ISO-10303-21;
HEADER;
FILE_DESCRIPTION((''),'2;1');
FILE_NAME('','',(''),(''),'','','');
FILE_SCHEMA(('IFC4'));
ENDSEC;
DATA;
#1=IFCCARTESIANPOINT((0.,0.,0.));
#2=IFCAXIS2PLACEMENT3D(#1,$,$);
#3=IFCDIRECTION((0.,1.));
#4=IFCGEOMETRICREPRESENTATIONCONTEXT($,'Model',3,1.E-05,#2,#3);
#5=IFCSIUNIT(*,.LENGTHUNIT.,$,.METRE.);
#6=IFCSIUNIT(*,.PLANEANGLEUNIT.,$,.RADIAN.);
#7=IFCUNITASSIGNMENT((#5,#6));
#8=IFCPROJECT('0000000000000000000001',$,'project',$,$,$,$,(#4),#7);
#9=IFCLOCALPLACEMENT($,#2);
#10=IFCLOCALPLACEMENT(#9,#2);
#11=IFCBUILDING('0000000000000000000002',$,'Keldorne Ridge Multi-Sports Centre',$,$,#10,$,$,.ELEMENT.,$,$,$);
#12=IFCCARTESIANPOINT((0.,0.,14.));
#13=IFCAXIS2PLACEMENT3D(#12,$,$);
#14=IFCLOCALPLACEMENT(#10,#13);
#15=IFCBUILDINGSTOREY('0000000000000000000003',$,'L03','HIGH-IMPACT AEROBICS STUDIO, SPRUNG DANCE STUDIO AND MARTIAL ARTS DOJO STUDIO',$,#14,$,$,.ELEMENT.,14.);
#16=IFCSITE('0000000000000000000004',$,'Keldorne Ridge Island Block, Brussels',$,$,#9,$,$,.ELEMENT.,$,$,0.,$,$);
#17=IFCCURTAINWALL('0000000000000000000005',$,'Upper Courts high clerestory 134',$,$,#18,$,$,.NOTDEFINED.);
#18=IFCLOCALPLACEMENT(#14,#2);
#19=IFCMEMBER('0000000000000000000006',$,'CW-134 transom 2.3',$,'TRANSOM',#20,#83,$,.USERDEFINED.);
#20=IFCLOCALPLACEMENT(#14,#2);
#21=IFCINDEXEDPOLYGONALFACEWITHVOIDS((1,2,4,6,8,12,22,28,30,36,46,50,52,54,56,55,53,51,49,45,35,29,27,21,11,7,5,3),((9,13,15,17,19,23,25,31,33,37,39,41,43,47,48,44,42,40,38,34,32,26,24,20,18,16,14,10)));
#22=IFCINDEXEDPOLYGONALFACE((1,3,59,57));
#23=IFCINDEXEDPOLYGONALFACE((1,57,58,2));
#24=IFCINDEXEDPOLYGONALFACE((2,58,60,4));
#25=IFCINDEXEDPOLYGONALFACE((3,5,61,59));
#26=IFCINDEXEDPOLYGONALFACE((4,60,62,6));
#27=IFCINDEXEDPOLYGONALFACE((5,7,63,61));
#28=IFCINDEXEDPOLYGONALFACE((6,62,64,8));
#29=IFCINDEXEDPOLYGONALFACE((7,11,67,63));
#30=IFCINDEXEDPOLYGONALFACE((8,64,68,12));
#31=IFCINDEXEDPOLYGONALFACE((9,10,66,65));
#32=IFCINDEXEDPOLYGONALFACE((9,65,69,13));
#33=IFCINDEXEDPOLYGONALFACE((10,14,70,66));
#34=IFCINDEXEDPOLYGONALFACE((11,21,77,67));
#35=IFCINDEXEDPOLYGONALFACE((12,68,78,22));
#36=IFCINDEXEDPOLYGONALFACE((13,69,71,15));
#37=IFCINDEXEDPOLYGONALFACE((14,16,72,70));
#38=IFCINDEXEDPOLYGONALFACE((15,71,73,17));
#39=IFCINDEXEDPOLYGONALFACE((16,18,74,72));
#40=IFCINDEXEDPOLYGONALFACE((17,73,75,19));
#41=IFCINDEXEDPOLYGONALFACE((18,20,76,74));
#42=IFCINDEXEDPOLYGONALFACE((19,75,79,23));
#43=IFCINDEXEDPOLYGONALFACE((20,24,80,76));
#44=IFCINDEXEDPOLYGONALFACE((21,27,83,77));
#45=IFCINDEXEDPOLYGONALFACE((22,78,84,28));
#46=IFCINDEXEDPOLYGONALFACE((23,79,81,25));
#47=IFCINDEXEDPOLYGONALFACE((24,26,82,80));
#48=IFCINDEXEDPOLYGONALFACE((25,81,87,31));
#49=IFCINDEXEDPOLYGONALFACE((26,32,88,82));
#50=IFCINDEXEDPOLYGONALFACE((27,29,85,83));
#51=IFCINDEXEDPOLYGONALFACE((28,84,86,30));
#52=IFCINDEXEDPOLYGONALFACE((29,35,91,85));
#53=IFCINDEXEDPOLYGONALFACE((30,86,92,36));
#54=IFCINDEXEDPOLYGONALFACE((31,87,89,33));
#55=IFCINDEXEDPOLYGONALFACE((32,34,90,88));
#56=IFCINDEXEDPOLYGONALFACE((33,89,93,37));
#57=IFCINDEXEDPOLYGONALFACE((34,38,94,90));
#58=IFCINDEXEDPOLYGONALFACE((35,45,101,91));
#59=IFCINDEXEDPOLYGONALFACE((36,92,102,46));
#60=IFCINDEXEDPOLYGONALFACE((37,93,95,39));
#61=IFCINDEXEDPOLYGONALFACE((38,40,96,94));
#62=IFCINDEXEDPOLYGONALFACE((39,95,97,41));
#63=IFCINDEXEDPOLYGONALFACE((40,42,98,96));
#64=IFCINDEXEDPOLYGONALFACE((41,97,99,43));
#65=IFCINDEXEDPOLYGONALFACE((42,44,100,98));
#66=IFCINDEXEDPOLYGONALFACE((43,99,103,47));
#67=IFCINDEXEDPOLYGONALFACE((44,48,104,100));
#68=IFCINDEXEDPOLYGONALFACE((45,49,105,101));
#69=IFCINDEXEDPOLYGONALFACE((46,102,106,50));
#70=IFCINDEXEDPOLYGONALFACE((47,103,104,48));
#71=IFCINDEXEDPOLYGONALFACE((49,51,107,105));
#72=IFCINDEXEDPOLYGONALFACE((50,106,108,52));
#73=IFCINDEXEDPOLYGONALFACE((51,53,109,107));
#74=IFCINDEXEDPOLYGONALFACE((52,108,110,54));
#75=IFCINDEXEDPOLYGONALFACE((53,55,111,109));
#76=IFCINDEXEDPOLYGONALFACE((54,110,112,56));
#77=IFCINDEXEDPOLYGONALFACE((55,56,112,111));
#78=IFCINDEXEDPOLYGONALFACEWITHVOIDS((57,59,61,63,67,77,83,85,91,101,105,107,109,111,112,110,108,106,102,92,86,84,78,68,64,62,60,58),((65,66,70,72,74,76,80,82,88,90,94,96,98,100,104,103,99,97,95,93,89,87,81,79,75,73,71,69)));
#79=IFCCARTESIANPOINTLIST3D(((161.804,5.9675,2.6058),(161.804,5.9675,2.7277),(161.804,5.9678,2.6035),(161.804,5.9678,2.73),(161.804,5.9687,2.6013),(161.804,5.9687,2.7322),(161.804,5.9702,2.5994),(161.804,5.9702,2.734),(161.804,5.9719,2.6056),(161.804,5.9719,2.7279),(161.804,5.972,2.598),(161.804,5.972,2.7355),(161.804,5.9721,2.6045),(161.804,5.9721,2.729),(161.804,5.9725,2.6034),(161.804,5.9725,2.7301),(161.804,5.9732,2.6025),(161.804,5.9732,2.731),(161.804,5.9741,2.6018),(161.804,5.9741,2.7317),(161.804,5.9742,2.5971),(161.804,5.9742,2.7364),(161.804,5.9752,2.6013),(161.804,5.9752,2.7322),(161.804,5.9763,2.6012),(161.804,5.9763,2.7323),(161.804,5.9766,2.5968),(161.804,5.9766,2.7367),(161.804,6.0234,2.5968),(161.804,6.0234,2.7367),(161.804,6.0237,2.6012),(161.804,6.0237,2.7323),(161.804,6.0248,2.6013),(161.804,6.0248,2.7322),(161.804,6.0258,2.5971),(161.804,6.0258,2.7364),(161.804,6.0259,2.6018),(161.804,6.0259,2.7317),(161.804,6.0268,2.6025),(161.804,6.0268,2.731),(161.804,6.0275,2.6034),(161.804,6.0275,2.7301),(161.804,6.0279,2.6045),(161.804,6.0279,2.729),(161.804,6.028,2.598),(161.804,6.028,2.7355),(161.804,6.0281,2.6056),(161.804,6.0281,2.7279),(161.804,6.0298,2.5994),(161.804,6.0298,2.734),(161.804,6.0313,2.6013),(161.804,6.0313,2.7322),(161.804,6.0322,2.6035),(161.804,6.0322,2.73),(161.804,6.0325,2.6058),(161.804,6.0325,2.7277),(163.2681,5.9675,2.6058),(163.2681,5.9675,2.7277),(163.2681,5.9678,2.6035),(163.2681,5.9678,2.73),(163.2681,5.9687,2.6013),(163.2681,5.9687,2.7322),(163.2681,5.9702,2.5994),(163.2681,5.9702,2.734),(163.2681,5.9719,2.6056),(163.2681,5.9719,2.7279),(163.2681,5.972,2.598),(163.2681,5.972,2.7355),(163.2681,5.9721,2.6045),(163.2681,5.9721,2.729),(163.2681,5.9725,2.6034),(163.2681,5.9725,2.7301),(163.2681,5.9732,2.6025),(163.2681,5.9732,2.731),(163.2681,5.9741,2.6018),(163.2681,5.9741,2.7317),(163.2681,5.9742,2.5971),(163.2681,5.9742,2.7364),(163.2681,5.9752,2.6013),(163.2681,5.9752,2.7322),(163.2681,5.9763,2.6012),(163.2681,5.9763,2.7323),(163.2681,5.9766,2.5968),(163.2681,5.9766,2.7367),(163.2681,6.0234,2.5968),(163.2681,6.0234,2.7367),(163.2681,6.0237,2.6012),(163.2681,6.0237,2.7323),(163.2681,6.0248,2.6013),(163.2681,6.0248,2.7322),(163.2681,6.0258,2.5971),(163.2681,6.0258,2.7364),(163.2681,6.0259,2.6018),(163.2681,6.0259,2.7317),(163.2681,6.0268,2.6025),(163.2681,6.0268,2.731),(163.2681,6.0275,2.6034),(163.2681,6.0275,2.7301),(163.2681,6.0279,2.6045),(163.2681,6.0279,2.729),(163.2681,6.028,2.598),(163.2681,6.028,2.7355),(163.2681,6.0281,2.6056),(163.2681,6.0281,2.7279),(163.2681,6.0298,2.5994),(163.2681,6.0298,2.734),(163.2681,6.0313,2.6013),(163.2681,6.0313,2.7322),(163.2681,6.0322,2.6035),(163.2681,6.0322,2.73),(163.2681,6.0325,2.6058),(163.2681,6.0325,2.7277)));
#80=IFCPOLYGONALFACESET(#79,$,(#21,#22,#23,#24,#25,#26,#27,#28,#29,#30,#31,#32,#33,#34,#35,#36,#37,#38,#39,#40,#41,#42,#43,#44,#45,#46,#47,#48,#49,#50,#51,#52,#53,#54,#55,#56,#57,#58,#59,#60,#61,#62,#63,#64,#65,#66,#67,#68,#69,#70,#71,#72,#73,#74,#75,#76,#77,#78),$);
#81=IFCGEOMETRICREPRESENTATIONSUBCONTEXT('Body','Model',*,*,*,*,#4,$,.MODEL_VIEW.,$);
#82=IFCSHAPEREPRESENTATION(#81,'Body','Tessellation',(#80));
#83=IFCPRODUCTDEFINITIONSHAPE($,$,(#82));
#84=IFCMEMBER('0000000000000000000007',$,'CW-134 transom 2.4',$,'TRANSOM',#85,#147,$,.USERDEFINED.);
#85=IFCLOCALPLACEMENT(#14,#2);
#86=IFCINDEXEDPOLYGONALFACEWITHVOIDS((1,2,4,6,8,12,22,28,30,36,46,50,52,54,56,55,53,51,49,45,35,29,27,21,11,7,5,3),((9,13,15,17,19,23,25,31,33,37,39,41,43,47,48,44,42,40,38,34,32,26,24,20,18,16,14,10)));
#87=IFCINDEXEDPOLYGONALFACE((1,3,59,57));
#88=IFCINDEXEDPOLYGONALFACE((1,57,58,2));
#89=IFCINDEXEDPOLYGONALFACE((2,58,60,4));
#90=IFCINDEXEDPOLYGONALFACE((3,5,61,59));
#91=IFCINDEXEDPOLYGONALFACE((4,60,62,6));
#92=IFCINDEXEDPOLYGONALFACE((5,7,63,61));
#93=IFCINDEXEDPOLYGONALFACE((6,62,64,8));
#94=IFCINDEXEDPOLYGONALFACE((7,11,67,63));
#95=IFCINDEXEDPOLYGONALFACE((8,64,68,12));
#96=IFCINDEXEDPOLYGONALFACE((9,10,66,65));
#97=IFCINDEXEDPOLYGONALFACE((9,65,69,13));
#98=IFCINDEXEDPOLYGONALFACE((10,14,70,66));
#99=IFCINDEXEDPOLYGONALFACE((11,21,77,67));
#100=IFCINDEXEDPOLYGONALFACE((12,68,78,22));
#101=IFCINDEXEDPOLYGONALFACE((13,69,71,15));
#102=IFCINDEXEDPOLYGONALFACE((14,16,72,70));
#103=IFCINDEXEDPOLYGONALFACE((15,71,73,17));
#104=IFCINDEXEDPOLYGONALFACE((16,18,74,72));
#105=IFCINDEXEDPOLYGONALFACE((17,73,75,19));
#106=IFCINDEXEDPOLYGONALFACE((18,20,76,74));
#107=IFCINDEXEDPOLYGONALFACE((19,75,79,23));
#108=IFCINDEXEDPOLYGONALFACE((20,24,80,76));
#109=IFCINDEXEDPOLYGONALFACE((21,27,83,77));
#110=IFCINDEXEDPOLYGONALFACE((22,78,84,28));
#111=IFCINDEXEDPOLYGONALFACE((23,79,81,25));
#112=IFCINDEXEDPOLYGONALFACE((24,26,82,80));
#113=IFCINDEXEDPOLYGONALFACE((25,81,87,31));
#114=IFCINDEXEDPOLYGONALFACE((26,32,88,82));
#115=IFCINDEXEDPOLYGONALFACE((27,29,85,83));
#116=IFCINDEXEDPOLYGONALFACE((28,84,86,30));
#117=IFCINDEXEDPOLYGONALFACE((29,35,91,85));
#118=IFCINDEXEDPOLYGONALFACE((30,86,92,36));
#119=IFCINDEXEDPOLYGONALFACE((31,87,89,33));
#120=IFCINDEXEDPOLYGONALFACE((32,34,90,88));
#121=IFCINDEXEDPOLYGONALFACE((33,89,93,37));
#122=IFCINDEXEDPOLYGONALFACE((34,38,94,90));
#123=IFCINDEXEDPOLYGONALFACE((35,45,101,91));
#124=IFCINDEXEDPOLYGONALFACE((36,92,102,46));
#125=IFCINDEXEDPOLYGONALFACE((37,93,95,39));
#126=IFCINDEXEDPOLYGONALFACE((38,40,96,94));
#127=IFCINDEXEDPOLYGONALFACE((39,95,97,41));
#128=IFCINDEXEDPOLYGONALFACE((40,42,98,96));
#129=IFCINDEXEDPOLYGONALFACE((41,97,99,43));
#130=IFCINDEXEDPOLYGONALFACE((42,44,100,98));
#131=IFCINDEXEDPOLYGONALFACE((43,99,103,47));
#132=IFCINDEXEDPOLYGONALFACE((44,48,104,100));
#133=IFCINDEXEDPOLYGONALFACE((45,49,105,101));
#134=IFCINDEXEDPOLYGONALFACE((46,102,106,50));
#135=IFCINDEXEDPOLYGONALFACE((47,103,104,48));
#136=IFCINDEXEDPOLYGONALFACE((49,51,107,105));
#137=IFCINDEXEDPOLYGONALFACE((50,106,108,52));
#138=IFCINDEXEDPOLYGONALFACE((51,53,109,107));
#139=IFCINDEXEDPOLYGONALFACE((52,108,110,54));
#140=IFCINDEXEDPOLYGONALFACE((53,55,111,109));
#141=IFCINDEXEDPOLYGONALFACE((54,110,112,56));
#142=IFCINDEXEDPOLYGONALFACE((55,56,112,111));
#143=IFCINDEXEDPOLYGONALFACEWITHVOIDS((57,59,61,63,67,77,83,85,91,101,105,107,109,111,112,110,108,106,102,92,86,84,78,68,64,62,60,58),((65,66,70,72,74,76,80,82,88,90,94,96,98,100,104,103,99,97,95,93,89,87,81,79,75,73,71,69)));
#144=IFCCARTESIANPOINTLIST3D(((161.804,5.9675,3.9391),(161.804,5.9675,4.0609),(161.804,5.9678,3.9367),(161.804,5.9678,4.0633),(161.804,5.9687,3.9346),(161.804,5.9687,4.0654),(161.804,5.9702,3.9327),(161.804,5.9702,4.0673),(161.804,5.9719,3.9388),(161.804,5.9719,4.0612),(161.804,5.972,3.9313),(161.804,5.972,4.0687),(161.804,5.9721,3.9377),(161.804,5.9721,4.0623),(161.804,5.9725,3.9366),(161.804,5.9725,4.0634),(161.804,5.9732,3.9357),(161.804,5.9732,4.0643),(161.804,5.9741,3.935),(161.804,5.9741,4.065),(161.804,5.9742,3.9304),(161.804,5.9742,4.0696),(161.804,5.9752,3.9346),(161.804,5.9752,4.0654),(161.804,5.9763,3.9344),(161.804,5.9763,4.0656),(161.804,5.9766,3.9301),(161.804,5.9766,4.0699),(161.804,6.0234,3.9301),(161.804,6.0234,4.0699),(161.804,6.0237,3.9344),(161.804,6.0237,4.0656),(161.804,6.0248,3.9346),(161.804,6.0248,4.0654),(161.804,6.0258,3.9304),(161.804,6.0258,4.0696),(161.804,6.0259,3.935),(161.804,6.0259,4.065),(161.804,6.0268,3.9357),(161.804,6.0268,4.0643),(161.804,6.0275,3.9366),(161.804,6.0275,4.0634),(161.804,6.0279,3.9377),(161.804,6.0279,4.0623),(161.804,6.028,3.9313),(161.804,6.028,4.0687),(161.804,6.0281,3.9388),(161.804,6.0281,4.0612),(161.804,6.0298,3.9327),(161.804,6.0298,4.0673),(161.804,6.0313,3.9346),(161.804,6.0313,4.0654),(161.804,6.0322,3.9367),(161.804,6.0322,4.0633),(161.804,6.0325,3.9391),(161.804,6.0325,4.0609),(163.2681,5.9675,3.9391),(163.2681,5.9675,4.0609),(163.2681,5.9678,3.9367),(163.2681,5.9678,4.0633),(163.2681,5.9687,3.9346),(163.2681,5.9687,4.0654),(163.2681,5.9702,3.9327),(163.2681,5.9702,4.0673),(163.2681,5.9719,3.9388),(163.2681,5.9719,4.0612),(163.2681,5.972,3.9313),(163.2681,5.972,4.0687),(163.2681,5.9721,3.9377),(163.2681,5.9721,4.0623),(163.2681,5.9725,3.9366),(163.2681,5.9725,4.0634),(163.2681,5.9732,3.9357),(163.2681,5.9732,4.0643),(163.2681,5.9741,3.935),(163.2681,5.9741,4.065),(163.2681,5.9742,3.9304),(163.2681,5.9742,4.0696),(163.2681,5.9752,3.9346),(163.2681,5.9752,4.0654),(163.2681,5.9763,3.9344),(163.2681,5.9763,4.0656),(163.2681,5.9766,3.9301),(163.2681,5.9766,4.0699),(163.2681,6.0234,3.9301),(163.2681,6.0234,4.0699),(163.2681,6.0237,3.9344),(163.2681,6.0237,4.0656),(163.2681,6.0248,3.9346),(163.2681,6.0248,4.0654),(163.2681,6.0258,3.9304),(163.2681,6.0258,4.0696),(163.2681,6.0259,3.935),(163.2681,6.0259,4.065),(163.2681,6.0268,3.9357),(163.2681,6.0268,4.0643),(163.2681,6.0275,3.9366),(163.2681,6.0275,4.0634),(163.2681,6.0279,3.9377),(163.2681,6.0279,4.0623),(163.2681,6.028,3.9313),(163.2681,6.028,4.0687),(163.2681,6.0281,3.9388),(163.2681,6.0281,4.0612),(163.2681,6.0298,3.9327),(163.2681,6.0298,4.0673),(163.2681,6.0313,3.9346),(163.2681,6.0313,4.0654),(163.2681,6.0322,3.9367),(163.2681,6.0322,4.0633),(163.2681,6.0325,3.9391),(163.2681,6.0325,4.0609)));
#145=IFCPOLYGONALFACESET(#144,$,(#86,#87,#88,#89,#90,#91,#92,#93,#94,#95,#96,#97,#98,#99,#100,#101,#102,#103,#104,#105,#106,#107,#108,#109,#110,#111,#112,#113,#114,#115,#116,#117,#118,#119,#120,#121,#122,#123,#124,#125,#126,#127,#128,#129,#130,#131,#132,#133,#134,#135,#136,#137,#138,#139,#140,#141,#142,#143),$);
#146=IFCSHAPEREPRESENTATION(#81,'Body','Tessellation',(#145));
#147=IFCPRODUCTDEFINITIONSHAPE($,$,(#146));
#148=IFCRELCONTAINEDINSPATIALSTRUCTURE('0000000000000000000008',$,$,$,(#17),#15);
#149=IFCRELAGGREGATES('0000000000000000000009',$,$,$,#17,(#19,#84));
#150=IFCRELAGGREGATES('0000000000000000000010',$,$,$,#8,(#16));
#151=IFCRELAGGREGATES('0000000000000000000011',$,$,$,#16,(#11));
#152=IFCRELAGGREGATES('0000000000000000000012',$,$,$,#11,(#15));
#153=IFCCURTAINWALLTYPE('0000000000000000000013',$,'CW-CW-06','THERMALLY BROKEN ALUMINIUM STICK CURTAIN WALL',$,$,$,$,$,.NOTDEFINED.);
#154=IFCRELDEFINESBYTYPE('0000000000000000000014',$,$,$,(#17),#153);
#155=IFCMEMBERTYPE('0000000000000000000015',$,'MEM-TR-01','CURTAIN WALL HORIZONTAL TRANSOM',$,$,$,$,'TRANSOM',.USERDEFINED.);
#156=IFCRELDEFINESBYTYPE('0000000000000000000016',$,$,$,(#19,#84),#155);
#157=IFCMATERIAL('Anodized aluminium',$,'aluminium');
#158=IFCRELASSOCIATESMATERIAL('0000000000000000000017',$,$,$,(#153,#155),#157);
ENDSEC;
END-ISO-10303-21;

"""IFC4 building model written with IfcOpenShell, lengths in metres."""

from ifc_helpers import new_model, si_unit, direction, frame, origin, origin_2d, place, context, subcontext, project, spatial, hollow_rectangle, extrude, material, material_profile, profile_set, type_object, element, aggregate, save


model = new_model("IFC4")

# Units and contexts
model_context = context("Model", 3, precision=1e-05, world=origin(), true_north=direction((0.0, 1.0)))
body_context = subcontext(model_context, "Body", "Model", "MODEL_VIEW")
ifc_project = project(units=[si_unit("LENGTHUNIT", "METRE"), si_unit("PLANEANGLEUNIT", "RADIAN")], contexts=[model_context])

# Site, building, storey
site_placement = place(None, origin())
site = spatial("IfcSite", under=ifc_project, at=site_placement, Name="Keldorne Ridge Island Block, Brussels", CompositionType="ELEMENT", RefElevation=0.0)
building_placement = place(site_placement, origin())
building = spatial("IfcBuilding", under=site, at=building_placement, Name="Keldorne Ridge Multi-Sports Centre", CompositionType="ELEMENT")
storey_placement = place(building_placement, frame((0.0, 0.0, 14.0)))
storey = spatial("IfcBuildingStorey", under=building, at=storey_placement, Name="L03", Description="HIGH-IMPACT AEROBICS STUDIO, SPRUNG DANCE STUDIO AND MARTIAL ARTS DOJO STUDIO", CompositionType="ELEMENT", Elevation=14.0)

# Curtain wall, members
ifc_material_1 = material(Name="Anodized aluminium", Category="aluminium")
curtain_wall_type = type_object("IfcCurtainWallType", Name="CW-CW-06", Description="THERMALLY BROKEN ALUMINIUM STICK CURTAIN WALL", PredefinedType="NOTDEFINED", material=ifc_material_1)
curtain_wall_placement = place(storey_placement, origin())
curtain_wall = element("IfcCurtainWall", 1, at=curtain_wall_placement, inside=storey, type_object=curtain_wall_type, Name="Upper Courts high clerestory 134", PredefinedType="NOTDEFINED")
ifc_material_profile_1 = material_profile(ifc_material_1, hollow_rectangle(XDim=0.0649, YDim=0.1399, WallThickness=0.0044, InnerFilletRadius=0.0044, OuterFilletRadius=0.009, at=origin_2d()), Name="ALU TRANSOM 140x65x4.5")
ifc_profile_set_1 = profile_set([ifc_material_profile_1], Name="Anodized aluminium")
member_type_1 = type_object("IfcMemberType", Name="MEM-TR-01", Description="CURTAIN WALL HORIZONTAL TRANSOM", ElementType="TRANSOM", PredefinedType="USERDEFINED", material=ifc_profile_set_1)
member_1_placement = place(storey_placement, frame((161.804, 6.0, 2.6667), z_axis=(1.0, 0.0, 0.0), x_axis=(0.0, 1.0, 0.0)))
member_1 = element("IfcMember", 2, at=member_1_placement, type_object=member_type_1, Name="CW-134 transom 2.3", ObjectType="TRANSOM", PredefinedType="USERDEFINED", context=body_context, shape_type="SweptSolid", body=[
    extrude(hollow_rectangle(XDim=0.0649, YDim=0.1399, WallThickness=0.0044, InnerFilletRadius=0.0044, OuterFilletRadius=0.009, at=origin_2d()), origin(), (0.0, 0.0, 1.0), 1.4641),
])
member_2_placement = place(storey_placement, frame((161.804, 6.0, 4.0), z_axis=(1.0, 0.0, 0.0), x_axis=(0.0, 1.0, 0.0)))
member_2 = element("IfcMember", 3, at=member_2_placement, type_object=member_type_1, Name="CW-134 transom 2.4", ObjectType="TRANSOM", PredefinedType="USERDEFINED", context=body_context, shape_type="SweptSolid", body=[
    extrude(hollow_rectangle(XDim=0.0649, YDim=0.1399, WallThickness=0.0044, InnerFilletRadius=0.0044, OuterFilletRadius=0.009, at=origin_2d()), origin(), (0.0, 0.0, 1.0), 1.4641),
])
aggregate(curtain_wall, [member_1, member_2])

save(model, "model.ifc")
